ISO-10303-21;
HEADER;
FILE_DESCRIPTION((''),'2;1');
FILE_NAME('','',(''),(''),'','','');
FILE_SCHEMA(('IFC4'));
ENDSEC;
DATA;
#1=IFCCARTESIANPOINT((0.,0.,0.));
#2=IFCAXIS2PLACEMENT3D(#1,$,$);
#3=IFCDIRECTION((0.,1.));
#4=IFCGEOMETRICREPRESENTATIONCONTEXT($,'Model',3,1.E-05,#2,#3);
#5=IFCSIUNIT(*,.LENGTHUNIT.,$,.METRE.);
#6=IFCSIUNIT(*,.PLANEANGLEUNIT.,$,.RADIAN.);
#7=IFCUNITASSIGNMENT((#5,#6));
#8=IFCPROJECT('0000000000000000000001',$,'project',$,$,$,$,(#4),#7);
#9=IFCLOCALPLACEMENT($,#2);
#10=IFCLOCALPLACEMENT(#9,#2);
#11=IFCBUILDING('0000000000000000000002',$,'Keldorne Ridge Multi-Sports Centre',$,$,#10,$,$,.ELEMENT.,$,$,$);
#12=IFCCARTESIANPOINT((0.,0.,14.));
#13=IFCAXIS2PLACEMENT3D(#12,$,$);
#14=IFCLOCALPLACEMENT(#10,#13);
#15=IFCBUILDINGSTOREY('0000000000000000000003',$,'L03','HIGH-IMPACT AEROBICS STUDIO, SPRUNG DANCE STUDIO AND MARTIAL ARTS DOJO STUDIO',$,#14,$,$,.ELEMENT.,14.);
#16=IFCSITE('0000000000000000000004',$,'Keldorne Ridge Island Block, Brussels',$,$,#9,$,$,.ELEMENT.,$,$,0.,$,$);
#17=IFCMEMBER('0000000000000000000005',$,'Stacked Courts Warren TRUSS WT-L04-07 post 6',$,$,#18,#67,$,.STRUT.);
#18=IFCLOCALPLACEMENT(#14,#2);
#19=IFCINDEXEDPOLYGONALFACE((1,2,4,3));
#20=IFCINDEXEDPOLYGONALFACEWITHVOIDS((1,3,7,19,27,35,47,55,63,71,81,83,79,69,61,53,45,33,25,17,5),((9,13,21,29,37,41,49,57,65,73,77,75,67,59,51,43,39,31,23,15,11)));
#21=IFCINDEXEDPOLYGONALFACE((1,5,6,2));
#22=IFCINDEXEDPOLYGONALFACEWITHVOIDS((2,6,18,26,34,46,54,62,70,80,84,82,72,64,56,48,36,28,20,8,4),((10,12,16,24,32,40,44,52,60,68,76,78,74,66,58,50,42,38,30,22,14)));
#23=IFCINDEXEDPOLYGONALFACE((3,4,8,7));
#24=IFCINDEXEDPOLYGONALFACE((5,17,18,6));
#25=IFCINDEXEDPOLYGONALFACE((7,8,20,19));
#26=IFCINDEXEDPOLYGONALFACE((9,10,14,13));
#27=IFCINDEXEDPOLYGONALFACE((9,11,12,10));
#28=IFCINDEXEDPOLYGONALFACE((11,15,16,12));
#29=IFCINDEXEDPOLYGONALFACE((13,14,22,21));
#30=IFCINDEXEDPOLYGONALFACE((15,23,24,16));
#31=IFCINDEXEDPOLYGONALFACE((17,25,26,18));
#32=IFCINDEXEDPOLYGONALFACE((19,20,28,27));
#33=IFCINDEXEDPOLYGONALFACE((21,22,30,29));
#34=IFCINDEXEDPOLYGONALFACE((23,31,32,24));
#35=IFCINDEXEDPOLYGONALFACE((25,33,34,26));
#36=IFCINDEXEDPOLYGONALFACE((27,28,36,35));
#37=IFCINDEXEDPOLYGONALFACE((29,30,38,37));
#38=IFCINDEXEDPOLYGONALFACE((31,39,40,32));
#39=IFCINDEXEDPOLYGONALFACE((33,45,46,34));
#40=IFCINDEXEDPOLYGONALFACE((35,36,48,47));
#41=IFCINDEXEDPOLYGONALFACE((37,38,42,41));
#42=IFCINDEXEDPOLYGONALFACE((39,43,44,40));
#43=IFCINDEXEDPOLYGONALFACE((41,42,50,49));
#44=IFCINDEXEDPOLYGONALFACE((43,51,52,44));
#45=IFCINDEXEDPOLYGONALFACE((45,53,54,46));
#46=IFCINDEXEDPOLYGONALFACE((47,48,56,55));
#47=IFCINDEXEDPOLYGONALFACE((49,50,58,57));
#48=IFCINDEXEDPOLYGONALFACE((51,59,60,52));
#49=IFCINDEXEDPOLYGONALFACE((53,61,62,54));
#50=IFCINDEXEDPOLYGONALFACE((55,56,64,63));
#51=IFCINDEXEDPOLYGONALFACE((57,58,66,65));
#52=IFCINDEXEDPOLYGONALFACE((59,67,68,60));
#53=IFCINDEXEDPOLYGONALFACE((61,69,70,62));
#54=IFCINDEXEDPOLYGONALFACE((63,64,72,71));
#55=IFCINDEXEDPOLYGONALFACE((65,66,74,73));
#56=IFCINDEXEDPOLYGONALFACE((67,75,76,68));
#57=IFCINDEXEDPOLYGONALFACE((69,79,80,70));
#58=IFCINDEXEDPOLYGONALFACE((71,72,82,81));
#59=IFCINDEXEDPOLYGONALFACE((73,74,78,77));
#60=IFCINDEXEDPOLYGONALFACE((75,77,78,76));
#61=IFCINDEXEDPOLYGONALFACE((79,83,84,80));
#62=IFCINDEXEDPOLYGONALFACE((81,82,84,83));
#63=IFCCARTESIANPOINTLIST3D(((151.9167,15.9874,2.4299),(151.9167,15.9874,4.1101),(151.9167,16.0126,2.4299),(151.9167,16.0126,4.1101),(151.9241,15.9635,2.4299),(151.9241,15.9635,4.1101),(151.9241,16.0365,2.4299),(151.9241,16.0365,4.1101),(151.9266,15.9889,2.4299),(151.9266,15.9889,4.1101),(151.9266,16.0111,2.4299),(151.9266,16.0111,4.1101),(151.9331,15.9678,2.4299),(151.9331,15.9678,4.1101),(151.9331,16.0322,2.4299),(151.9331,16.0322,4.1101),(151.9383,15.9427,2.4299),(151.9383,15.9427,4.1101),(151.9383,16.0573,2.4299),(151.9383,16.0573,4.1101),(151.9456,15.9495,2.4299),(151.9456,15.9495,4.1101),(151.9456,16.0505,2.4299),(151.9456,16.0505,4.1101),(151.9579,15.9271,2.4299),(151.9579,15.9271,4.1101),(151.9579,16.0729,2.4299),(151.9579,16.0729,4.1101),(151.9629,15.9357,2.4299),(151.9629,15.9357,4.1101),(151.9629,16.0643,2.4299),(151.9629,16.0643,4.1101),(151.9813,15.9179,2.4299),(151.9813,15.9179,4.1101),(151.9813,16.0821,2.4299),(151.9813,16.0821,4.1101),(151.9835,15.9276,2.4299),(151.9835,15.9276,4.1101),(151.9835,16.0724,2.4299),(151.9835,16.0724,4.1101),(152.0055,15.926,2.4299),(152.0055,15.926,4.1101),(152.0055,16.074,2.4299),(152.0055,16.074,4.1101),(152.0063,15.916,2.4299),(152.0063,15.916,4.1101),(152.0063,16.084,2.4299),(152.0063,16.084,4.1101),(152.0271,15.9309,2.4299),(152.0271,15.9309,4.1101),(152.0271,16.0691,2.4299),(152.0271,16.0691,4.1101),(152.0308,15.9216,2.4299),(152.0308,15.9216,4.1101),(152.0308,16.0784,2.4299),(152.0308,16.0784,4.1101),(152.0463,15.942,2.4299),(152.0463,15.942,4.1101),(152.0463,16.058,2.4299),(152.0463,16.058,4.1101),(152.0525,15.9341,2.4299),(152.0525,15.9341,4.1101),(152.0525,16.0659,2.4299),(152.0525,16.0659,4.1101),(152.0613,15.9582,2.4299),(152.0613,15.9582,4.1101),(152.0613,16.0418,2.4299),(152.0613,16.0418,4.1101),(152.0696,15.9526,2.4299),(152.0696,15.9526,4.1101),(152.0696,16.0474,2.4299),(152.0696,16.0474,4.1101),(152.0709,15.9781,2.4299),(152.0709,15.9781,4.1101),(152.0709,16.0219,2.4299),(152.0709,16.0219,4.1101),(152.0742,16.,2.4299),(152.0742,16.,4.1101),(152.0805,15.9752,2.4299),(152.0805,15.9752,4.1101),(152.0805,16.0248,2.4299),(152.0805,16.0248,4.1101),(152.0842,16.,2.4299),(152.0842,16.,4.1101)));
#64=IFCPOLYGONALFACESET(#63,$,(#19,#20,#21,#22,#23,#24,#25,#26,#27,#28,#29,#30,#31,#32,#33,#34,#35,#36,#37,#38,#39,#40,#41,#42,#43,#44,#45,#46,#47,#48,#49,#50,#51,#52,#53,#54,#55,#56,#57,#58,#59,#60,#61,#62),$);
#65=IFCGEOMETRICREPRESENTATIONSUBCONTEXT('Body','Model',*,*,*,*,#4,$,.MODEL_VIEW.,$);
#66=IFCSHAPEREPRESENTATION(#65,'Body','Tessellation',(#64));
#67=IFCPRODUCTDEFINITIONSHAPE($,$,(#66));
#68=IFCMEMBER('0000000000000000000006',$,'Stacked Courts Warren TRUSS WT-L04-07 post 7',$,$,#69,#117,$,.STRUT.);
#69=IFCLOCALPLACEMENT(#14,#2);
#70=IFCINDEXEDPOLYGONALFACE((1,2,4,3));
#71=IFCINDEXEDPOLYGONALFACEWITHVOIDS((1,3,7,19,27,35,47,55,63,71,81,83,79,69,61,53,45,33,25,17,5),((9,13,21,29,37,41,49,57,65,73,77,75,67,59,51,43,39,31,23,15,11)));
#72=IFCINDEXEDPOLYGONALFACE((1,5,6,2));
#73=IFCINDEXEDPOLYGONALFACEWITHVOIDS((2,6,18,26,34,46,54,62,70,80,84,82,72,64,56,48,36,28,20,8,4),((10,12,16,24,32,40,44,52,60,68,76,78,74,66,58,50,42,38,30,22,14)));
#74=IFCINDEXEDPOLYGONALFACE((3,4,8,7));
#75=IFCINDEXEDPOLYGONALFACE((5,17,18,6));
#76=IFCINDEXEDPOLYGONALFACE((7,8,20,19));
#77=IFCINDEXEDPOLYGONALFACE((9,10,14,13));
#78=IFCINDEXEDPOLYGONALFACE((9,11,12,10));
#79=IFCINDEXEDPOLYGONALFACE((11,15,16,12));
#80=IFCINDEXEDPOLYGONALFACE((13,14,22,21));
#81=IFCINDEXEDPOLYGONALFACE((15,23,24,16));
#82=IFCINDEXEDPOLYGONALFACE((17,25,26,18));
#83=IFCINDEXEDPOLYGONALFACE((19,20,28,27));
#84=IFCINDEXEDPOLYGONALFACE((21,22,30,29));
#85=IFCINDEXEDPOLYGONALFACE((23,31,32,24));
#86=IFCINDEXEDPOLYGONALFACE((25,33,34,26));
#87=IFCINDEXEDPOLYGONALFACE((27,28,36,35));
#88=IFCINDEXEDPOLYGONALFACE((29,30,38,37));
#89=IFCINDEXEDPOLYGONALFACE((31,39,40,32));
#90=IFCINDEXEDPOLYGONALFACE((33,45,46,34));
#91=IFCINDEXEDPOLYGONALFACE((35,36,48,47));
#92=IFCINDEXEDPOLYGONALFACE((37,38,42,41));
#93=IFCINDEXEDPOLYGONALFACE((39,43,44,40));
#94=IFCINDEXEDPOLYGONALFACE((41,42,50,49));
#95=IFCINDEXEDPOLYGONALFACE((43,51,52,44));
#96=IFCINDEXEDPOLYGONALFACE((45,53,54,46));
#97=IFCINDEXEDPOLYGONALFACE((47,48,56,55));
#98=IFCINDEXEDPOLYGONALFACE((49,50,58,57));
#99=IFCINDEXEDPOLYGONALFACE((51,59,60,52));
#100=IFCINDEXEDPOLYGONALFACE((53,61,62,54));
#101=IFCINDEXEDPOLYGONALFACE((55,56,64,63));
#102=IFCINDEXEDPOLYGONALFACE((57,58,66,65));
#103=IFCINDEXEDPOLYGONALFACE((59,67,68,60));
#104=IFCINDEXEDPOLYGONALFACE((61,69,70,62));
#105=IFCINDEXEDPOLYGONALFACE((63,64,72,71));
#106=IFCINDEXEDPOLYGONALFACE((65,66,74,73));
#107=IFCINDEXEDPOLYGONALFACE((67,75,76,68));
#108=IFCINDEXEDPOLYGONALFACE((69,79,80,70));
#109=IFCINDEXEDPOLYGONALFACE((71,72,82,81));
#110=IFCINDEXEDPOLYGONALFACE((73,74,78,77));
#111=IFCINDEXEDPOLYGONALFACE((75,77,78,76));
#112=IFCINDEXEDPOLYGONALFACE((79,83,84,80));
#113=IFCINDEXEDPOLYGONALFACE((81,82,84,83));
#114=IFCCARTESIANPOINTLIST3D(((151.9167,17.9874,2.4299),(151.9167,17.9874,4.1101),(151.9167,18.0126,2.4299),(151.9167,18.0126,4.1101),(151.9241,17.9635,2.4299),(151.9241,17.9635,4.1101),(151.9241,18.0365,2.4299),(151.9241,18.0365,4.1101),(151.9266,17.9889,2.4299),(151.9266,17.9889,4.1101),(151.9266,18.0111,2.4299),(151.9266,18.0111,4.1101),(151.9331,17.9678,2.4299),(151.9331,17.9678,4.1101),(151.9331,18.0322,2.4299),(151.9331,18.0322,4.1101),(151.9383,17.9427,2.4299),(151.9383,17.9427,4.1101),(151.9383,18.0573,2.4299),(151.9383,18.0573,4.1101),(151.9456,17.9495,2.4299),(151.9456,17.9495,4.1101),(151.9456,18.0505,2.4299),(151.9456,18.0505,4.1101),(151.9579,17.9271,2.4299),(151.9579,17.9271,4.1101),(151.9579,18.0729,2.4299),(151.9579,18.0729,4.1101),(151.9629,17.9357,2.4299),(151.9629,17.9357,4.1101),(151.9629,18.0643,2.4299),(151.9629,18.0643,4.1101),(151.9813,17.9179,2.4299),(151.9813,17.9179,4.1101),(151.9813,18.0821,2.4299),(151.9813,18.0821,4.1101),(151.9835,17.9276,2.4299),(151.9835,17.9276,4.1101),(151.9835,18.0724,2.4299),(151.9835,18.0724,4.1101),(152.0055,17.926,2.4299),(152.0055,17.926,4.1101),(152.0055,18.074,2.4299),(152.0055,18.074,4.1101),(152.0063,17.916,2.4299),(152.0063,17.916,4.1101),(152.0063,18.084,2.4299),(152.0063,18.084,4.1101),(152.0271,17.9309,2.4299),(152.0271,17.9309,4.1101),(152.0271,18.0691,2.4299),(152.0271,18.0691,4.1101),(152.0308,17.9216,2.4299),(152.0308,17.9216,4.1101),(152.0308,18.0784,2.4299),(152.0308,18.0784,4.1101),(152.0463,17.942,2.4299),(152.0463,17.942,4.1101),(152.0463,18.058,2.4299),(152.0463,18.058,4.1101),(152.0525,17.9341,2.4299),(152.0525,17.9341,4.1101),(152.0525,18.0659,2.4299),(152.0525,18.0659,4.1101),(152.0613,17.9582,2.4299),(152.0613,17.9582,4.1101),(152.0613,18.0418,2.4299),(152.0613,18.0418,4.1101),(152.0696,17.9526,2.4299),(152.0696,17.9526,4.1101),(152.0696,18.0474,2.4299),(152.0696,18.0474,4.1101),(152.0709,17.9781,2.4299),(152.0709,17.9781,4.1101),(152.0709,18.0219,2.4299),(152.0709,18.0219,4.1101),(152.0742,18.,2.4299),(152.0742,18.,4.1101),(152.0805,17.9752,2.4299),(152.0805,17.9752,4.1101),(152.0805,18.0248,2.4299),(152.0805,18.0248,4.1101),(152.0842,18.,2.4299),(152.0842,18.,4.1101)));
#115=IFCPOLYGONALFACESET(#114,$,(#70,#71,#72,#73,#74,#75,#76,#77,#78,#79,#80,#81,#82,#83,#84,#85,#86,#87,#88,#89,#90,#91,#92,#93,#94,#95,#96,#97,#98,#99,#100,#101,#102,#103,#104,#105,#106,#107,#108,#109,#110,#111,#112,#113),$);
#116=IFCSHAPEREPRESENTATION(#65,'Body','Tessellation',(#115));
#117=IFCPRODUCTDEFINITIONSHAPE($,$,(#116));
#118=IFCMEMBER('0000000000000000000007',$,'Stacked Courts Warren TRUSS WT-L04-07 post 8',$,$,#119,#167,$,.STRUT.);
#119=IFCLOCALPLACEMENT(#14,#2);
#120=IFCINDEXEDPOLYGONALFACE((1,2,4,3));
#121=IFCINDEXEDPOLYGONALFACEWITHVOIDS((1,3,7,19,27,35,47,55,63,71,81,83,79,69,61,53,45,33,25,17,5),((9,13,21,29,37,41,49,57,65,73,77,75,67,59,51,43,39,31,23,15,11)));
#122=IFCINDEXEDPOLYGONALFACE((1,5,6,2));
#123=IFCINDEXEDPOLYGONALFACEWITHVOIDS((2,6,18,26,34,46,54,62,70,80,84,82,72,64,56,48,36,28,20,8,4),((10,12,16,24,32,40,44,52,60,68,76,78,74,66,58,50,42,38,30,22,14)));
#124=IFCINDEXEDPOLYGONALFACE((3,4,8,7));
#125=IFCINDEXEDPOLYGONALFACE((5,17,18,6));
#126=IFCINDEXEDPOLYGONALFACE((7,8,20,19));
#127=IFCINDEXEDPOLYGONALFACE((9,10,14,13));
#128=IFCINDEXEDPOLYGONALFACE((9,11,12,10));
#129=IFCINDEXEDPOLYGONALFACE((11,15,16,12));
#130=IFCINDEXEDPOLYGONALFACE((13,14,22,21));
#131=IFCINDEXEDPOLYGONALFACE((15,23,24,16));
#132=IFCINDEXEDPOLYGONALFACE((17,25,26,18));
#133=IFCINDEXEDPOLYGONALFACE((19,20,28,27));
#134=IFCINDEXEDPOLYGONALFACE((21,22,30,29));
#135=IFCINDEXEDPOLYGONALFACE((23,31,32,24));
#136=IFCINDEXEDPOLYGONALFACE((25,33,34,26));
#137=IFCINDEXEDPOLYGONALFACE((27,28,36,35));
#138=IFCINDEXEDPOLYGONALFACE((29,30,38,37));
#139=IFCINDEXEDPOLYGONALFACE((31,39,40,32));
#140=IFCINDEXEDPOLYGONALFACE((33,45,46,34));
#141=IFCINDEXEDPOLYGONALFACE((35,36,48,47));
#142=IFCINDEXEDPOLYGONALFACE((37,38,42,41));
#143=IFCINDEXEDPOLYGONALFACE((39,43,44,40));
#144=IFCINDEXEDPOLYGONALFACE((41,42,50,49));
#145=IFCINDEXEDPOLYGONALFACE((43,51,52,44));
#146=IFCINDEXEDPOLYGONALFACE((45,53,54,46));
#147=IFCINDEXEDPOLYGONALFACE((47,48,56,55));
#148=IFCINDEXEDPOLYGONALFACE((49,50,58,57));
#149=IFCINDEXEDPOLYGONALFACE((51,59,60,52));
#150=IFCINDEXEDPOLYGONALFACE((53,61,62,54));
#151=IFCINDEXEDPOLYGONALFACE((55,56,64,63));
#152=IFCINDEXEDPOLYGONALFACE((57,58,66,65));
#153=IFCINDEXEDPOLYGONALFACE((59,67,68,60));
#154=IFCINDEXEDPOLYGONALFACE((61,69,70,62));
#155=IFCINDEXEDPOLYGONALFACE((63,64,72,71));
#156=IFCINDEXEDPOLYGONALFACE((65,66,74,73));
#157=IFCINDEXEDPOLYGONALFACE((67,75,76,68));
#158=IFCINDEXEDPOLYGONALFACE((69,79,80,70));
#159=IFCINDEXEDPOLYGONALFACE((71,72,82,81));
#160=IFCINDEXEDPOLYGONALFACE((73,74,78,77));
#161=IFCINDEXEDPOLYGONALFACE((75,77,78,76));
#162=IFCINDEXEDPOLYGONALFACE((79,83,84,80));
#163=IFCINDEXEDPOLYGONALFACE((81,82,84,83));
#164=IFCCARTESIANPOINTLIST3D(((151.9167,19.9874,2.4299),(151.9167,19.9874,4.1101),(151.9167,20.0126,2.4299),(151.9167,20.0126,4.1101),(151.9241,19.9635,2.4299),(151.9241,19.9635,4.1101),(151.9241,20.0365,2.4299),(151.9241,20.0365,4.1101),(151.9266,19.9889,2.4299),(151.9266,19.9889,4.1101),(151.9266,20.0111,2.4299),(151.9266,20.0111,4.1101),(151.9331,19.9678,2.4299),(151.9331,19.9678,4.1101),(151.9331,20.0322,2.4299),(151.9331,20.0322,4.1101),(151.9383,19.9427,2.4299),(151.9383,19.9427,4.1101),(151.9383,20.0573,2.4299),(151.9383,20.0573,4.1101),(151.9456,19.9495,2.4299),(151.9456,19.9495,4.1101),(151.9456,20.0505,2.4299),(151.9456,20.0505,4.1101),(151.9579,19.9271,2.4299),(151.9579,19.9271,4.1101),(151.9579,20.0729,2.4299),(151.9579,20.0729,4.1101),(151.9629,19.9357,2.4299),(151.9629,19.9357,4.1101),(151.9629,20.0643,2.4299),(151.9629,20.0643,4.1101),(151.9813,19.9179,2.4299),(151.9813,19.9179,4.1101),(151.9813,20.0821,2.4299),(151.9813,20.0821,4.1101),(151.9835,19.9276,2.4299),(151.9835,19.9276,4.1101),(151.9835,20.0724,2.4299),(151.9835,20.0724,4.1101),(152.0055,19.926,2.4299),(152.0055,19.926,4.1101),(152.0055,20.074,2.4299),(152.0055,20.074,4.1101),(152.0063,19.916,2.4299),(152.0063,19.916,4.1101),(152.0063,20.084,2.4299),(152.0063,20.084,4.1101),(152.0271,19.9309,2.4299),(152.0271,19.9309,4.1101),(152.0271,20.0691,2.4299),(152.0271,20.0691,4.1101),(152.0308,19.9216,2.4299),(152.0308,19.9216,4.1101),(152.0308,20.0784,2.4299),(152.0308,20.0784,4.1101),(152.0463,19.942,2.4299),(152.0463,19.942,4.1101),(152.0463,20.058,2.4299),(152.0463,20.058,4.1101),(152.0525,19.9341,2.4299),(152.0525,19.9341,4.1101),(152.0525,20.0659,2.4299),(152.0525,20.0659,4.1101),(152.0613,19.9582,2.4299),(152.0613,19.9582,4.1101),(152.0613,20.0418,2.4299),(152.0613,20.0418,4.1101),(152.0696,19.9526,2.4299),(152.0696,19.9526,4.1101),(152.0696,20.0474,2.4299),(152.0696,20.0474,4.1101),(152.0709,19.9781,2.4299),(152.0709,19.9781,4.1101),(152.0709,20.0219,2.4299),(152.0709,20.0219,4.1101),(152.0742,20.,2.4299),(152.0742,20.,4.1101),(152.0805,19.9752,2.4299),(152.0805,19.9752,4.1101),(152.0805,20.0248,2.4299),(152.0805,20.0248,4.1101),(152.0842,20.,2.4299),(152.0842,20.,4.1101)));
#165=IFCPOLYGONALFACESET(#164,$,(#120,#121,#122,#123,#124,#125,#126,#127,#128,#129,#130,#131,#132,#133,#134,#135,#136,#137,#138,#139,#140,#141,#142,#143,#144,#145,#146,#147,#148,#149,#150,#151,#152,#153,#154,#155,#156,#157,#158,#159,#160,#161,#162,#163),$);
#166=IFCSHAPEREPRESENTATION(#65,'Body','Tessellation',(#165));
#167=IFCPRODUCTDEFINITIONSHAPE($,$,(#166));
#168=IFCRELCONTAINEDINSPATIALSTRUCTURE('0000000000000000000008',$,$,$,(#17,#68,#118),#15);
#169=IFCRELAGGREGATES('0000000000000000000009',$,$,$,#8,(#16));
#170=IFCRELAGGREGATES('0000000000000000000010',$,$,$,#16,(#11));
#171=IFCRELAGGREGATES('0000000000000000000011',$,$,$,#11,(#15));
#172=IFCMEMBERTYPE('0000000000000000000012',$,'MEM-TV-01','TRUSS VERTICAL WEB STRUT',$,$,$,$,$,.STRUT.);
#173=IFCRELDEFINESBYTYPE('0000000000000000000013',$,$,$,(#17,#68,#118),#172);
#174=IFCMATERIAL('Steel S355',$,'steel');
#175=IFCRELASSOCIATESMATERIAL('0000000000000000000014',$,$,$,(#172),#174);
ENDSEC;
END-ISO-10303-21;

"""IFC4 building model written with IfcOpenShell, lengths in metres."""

from ifc_helpers import new_model, si_unit, direction, frame, origin, origin_2d, place, context, subcontext, project, spatial, hollow_circle, extrude, material, material_profile, profile_set, type_object, element, save


model = new_model("IFC4")

# Units and contexts
model_context = context("Model", 3, precision=1e-05, world=origin(), true_north=direction((0.0, 1.0)))
body_context = subcontext(model_context, "Body", "Model", "MODEL_VIEW")
ifc_project = project(units=[si_unit("LENGTHUNIT", "METRE"), si_unit("PLANEANGLEUNIT", "RADIAN")], contexts=[model_context])

# Site, building, storey
site_placement = place(None, origin())
site = spatial("IfcSite", under=ifc_project, at=site_placement, Name="Keldorne Ridge Island Block, Brussels", CompositionType="ELEMENT", RefElevation=0.0)
building_placement = place(site_placement, origin())
building = spatial("IfcBuilding", under=site, at=building_placement, Name="Keldorne Ridge Multi-Sports Centre", CompositionType="ELEMENT")
storey_placement = place(building_placement, frame((0.0, 0.0, 14.0)))
storey = spatial("IfcBuildingStorey", under=building, at=storey_placement, Name="L03", Description="HIGH-IMPACT AEROBICS STUDIO, SPRUNG DANCE STUDIO AND MARTIAL ARTS DOJO STUDIO", CompositionType="ELEMENT", Elevation=14.0)

# Members
ifc_material = material(Name="Steel S355", Category="steel")
ifc_material_profile_1 = material_profile(ifc_material, hollow_circle(Radius=0.0842, WallThickness=0.01, at=origin_2d()), Name="CHS 168.3x10")
ifc_profile_set_1 = profile_set([ifc_material_profile_1], Name="Steel S355")
member_type_1 = type_object("IfcMemberType", Name="MEM-TV-01", Description="TRUSS VERTICAL WEB STRUT", PredefinedType="STRUT", material=ifc_profile_set_1)
for number, where, z_axis, x_axis, name in (
    (1, (152.0, 16.0, 2.4299), (0.0, 0.0, 1.0), (1.0, 0.0, 0.0), "Stacked Courts Warren TRUSS WT-L04-07 post 6"),
    (2, (152.0, 18.0, 2.4299), (0.0, 0.0, 1.0), (1.0, 0.0, 0.0), "Stacked Courts Warren TRUSS WT-L04-07 post 7"),
    (3, (152.0, 20.0, 2.4299), (0.0, 0.0, 1.0), (1.0, 0.0, 0.0), "Stacked Courts Warren TRUSS WT-L04-07 post 8"),
):
    element("IfcMember", number, at=place(storey_placement, frame(where, z_axis=z_axis, x_axis=x_axis)), inside=storey, type_object=member_type_1, Name=name, PredefinedType="STRUT", context=body_context, shape_type="SweptSolid", body=[
        extrude(hollow_circle(Radius=0.0842, WallThickness=0.01, at=origin_2d()), origin(), (0.0, 0.0, 1.0), 1.6802),
    ])

save(model, "model.ifc")
